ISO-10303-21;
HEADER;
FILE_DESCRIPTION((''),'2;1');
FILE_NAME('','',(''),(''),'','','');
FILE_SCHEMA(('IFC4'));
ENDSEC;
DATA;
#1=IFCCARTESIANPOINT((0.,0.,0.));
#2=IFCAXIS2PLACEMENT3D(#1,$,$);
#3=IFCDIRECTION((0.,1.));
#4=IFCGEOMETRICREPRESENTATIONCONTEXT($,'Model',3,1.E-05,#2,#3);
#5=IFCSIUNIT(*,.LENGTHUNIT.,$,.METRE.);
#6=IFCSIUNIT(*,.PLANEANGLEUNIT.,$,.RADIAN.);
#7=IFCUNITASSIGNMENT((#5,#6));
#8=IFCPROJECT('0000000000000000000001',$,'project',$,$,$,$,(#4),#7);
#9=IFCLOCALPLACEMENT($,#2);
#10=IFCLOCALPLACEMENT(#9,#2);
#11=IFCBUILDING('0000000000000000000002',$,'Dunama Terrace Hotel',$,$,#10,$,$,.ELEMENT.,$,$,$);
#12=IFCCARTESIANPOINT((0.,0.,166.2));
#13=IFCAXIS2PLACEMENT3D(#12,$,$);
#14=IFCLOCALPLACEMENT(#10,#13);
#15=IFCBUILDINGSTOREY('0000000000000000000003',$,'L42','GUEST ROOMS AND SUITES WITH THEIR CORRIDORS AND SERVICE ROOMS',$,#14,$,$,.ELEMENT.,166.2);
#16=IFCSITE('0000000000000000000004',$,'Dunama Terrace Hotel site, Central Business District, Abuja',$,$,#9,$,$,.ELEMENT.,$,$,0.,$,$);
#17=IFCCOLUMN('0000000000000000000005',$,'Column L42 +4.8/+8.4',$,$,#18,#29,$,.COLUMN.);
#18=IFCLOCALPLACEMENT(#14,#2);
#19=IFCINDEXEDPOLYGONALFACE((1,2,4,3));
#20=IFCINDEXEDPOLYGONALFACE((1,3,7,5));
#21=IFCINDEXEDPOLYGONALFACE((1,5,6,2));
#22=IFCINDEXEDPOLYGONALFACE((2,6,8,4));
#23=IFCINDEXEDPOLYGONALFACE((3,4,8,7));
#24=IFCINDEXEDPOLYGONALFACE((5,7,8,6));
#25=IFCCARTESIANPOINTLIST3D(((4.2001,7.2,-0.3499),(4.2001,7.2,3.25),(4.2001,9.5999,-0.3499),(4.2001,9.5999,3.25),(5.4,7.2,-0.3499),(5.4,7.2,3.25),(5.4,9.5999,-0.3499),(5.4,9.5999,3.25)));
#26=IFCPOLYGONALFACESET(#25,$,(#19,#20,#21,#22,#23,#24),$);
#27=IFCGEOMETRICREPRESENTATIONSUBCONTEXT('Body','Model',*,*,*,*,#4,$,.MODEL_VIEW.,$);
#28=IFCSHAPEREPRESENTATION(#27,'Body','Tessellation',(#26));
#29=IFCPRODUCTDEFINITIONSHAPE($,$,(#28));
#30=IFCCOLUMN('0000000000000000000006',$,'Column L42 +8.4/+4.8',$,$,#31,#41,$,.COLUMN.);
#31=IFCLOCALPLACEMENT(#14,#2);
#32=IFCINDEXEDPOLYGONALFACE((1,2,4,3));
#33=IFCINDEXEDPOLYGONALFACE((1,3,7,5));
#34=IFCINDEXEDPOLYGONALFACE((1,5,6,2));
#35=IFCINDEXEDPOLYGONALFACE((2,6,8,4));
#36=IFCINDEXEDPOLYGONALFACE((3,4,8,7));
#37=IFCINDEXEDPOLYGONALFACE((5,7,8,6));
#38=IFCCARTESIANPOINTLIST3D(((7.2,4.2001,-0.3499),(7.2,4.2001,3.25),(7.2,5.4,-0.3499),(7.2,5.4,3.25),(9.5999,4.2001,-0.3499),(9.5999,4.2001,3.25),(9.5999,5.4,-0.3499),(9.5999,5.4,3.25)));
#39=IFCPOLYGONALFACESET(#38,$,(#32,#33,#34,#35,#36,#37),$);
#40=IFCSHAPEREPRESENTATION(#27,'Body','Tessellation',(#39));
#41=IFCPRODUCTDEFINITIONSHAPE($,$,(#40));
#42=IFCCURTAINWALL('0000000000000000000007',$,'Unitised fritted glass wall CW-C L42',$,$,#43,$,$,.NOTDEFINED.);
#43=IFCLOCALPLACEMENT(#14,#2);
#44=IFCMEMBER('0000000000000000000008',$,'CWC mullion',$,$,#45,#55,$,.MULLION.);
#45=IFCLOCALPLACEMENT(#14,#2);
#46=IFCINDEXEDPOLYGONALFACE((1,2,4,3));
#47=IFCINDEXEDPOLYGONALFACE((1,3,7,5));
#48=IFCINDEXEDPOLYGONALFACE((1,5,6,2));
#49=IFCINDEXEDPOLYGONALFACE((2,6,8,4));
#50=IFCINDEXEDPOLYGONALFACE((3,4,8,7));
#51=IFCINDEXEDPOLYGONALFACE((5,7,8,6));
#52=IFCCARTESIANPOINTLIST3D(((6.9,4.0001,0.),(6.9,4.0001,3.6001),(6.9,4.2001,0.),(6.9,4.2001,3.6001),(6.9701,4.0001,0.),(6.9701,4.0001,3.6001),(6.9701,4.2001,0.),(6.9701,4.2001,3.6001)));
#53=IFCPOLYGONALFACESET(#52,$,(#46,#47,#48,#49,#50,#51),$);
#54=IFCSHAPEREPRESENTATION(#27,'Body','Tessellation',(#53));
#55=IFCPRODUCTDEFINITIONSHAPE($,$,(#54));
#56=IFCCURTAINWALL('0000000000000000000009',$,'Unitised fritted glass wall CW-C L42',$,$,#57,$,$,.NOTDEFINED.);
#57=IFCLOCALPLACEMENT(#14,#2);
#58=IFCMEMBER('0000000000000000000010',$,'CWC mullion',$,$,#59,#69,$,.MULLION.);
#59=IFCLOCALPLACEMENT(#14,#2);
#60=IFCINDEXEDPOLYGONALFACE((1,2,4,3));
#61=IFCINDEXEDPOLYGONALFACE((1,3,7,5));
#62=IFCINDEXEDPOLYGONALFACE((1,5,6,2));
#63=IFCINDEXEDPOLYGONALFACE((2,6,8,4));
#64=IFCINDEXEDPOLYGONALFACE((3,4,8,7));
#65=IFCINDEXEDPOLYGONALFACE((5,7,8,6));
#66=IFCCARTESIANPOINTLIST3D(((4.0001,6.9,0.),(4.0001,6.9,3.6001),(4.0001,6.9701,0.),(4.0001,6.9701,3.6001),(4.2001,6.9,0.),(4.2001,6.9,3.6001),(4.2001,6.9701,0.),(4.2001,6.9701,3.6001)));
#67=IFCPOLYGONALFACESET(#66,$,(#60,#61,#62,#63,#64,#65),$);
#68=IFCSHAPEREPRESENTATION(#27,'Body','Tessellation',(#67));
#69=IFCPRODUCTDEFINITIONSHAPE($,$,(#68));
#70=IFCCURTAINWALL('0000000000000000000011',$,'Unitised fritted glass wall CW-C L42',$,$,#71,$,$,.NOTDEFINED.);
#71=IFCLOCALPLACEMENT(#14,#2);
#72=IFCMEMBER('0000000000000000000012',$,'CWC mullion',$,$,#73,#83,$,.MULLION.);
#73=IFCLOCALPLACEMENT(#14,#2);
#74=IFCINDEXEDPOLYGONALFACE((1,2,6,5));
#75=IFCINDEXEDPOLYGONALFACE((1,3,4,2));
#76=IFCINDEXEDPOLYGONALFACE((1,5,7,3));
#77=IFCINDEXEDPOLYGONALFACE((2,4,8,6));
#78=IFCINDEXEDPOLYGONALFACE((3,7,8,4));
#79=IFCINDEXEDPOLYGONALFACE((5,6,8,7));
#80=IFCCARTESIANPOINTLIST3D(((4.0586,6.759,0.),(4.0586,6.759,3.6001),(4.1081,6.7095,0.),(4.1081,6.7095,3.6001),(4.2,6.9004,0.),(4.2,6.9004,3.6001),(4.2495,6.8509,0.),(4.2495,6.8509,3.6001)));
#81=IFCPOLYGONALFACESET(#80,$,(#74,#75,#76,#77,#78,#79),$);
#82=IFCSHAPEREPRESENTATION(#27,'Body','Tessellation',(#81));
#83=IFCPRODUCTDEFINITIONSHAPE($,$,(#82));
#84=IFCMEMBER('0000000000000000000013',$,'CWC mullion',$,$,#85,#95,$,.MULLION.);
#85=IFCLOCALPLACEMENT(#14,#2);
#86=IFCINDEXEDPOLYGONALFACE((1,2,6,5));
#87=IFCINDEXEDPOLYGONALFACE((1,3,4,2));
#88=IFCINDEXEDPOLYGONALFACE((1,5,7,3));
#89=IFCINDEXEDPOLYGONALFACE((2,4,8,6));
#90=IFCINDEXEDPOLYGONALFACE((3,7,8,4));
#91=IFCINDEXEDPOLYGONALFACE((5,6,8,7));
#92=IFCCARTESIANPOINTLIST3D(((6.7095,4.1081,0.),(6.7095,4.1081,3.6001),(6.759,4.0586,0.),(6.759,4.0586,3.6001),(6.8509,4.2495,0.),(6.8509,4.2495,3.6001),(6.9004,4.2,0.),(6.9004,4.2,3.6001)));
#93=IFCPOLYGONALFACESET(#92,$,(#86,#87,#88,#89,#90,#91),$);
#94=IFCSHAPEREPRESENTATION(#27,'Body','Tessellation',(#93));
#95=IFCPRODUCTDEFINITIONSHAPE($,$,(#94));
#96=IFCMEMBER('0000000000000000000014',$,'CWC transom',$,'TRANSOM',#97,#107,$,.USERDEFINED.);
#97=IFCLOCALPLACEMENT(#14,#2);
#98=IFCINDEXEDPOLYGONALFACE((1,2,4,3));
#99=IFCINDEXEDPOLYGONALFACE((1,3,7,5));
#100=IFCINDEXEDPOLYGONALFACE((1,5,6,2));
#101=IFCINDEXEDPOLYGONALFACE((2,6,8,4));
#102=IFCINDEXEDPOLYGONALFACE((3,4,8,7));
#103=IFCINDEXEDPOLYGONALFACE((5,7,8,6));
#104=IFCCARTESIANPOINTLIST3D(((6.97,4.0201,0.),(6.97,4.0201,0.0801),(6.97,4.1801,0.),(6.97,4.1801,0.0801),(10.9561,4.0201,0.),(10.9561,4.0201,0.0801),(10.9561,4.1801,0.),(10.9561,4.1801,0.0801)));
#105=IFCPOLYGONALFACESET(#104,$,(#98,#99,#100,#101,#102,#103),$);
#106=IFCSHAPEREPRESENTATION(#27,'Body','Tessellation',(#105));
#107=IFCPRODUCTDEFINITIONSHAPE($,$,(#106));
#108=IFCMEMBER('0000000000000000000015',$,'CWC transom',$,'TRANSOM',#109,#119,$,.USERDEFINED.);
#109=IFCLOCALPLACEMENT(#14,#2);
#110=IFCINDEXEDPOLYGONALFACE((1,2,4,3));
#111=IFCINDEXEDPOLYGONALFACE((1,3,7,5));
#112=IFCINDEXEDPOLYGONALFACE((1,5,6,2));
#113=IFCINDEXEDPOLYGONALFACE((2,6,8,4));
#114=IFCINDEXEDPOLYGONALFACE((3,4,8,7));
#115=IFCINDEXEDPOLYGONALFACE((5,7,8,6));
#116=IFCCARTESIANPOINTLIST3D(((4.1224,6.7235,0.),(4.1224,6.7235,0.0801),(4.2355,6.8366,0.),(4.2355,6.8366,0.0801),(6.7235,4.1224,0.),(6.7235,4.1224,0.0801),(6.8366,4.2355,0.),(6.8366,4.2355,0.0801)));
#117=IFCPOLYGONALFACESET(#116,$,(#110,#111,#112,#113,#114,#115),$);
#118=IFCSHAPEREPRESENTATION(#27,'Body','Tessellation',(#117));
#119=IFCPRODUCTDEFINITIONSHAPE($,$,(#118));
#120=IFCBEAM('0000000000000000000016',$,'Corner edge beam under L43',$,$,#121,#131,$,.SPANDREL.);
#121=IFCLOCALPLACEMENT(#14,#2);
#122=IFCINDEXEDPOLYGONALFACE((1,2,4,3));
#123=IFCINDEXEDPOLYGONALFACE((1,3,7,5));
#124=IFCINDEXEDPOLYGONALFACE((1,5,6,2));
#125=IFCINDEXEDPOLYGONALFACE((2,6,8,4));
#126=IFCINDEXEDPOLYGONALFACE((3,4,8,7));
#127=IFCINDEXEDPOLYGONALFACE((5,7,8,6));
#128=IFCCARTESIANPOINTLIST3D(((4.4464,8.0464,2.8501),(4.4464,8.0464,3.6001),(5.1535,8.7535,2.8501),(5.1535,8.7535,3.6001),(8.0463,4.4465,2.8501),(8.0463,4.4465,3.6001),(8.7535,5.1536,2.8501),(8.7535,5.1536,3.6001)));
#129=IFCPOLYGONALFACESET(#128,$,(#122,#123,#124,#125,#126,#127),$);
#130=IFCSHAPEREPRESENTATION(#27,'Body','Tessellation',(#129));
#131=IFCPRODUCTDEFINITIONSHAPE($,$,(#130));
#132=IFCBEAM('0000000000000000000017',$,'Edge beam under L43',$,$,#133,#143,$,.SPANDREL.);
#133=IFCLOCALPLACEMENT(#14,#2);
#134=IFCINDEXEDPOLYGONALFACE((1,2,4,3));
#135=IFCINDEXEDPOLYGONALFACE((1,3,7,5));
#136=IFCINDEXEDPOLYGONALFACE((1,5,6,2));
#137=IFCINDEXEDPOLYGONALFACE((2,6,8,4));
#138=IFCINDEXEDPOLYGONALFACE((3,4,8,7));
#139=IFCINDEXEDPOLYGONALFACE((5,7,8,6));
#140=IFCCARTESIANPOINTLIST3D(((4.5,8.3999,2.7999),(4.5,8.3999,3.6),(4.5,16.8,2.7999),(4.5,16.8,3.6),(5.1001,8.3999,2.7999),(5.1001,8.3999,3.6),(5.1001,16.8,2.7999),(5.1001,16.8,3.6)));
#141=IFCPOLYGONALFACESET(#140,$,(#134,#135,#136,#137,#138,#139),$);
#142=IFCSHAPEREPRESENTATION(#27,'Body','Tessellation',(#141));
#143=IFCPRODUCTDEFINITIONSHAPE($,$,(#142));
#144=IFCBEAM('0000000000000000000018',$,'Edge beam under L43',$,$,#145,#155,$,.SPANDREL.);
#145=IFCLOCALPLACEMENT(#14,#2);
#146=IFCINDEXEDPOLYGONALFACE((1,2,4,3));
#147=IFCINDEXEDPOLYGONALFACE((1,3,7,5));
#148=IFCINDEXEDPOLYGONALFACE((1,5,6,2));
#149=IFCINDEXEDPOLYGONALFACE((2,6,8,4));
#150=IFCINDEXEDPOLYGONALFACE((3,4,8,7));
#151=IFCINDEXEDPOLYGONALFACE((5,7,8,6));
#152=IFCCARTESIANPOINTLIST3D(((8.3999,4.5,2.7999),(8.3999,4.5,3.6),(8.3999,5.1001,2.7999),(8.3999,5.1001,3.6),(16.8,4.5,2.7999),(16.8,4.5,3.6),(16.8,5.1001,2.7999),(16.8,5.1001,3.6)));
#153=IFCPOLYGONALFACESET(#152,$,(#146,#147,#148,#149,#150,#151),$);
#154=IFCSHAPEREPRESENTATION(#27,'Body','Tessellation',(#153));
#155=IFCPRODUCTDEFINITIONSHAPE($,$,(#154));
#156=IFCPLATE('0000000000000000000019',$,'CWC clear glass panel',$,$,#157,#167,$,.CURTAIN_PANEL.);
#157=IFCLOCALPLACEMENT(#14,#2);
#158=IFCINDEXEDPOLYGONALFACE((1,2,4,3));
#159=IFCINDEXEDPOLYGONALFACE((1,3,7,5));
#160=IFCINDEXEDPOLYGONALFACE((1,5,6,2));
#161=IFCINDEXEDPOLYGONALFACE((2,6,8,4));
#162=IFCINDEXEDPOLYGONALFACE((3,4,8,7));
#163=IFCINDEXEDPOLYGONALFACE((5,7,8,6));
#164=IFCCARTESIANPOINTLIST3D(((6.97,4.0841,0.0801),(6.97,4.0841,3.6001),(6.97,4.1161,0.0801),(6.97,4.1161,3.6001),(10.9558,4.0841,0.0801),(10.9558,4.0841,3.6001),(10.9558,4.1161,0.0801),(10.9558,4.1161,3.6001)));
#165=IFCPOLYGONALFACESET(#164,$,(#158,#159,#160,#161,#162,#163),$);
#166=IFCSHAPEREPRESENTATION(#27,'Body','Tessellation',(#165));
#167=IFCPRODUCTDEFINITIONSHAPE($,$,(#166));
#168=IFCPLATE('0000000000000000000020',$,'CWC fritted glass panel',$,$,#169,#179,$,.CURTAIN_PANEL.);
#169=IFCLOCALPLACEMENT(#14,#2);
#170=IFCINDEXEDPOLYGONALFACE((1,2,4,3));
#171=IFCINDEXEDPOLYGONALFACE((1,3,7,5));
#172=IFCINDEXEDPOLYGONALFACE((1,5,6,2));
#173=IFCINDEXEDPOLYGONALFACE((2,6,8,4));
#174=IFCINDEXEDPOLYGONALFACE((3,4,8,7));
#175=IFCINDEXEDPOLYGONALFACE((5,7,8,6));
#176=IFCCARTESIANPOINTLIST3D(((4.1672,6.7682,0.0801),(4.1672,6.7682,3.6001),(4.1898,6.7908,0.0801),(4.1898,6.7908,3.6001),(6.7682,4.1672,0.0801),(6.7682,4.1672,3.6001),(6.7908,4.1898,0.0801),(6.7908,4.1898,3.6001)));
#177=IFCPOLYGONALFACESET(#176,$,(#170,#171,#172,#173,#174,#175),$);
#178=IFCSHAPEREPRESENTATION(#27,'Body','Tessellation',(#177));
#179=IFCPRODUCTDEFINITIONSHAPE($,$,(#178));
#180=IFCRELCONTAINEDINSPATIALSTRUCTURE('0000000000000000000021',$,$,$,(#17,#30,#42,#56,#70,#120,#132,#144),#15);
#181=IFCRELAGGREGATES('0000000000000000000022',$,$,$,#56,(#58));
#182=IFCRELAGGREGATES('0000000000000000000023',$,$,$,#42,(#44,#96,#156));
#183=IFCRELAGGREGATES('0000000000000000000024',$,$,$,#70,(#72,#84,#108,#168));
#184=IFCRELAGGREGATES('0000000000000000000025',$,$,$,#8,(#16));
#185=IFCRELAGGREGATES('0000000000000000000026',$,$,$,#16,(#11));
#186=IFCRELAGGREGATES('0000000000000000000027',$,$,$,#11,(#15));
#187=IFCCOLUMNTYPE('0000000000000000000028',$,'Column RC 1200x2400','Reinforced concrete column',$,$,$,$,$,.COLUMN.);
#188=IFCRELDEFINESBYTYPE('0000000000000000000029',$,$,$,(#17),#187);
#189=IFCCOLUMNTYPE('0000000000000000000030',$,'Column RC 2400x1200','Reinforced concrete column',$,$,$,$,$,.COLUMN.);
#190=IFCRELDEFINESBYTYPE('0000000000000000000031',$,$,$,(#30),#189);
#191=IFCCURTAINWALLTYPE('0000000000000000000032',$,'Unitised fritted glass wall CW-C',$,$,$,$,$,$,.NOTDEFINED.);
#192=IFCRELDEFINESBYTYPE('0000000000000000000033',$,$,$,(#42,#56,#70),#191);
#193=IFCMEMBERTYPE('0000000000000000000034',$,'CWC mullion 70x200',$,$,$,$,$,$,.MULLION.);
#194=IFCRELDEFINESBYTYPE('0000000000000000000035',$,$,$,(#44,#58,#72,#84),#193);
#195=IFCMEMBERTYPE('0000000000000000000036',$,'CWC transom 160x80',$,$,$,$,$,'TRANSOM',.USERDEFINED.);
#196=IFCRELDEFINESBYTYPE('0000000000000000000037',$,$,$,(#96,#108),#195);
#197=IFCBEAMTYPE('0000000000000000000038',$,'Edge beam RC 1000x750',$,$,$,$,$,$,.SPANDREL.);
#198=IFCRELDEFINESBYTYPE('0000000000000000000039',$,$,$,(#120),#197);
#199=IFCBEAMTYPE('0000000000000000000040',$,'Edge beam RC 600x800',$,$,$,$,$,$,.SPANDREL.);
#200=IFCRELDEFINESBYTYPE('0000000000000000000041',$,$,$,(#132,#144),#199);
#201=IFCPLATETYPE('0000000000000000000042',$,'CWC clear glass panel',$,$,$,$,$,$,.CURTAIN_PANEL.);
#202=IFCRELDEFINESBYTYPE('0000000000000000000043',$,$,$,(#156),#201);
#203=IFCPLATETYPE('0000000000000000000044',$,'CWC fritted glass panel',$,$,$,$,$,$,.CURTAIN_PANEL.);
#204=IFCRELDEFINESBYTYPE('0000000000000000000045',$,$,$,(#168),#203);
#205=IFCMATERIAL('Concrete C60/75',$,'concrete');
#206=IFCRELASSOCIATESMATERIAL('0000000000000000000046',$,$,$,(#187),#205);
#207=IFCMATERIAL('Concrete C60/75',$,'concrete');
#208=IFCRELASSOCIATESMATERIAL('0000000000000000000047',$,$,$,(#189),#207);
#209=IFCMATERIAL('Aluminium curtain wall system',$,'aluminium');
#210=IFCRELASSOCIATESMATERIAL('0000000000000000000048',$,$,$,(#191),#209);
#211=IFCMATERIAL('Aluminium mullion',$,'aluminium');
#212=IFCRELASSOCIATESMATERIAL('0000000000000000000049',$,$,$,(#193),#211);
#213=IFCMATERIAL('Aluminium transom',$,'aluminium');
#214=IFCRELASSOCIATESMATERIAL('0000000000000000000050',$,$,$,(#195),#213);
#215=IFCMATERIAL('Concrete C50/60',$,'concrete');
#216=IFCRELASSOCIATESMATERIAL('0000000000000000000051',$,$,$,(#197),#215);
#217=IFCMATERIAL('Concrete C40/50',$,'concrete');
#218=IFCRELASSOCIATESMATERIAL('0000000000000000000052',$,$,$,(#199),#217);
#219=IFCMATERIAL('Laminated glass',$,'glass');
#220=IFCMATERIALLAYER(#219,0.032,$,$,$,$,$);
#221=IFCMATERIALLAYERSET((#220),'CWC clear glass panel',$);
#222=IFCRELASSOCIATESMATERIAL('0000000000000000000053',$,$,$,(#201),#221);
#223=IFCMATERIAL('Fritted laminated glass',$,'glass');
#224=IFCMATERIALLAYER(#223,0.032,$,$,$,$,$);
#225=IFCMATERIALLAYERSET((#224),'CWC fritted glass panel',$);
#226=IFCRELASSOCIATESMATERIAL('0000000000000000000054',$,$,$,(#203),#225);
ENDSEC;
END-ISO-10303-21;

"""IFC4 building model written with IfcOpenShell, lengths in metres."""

from ifc_helpers import new_model, si_unit, direction, frame, origin, origin_2d, place, context, subcontext, project, spatial, rectangle, extrude, material, layer, layer_set, material_profile, profile_set, type_object, element, aggregate, save


model = new_model("IFC4")

# Units and contexts
model_context = context("Model", 3, precision=1e-05, world=origin(), true_north=direction((0.0, 1.0)))
body_context = subcontext(model_context, "Body", "Model", "MODEL_VIEW")
ifc_project = project(units=[si_unit("LENGTHUNIT", "METRE"), si_unit("PLANEANGLEUNIT", "RADIAN")], contexts=[model_context])

# Site, building, storey
site_placement = place(None, origin())
site = spatial("IfcSite", under=ifc_project, at=site_placement, Name="Dunama Terrace Hotel site, Central Business District, Abuja", CompositionType="ELEMENT", RefElevation=0.0)
building_placement = place(site_placement, origin())
building = spatial("IfcBuilding", under=site, at=building_placement, Name="Dunama Terrace Hotel", CompositionType="ELEMENT")
storey_placement = place(building_placement, frame((0.0, 0.0, 166.2)))
storey = spatial("IfcBuildingStorey", under=building, at=storey_placement, Name="L42", Description="GUEST ROOMS AND SUITES WITH THEIR CORRIDORS AND SERVICE ROOMS", CompositionType="ELEMENT", Elevation=166.2)

# Columns
ifc_material_1 = material(Name="Concrete C60/75", Category="concrete")
ifc_material_profile_1 = material_profile(ifc_material_1, rectangle(XDim=1.2, YDim=2.3999, at=origin_2d()), Name="RC 1200x2400")
ifc_profile_set_1 = profile_set([ifc_material_profile_1], Name="Concrete C60/75")
column_type_1 = type_object("IfcColumnType", Name="Column RC 1200x2400", Description="Reinforced concrete column", PredefinedType="COLUMN", material=ifc_profile_set_1)
column_1_placement = place(storey_placement, frame((4.8, 8.3999, -0.3499), z_axis=(0.0, 0.0, 1.0), x_axis=(1.0, 0.0, 0.0)))
element("IfcColumn", 1, at=column_1_placement, inside=storey, type_object=column_type_1, Name="Column L42 +4.8/+8.4", PredefinedType="COLUMN", context=body_context, shape_type="SweptSolid", body=[
    extrude(rectangle(XDim=1.2, YDim=2.3999, at=origin_2d()), origin(), (0.0, 0.0, 1.0), 3.5999),
])
ifc_material_2 = material(Name="Concrete C60/75", Category="concrete")
ifc_material_profile_2 = material_profile(ifc_material_2, rectangle(XDim=2.3999, YDim=1.2, at=origin_2d()), Name="RC 2400x1200")
ifc_profile_set_2 = profile_set([ifc_material_profile_2], Name="Concrete C60/75")
column_type_2 = type_object("IfcColumnType", Name="Column RC 2400x1200", Description="Reinforced concrete column", PredefinedType="COLUMN", material=ifc_profile_set_2)
column_2_placement = place(storey_placement, frame((8.3999, 4.8, -0.3499), z_axis=(0.0, 0.0, 1.0), x_axis=(1.0, 0.0, 0.0)))
element("IfcColumn", 2, at=column_2_placement, inside=storey, type_object=column_type_2, Name="Column L42 +8.4/+4.8", PredefinedType="COLUMN", context=body_context, shape_type="SweptSolid", body=[
    extrude(rectangle(XDim=2.3999, YDim=1.2, at=origin_2d()), origin(), (0.0, 0.0, 1.0), 3.5999),
])

# Curtain walls, members
ifc_material_3 = material(Name="Aluminium curtain wall system", Category="aluminium")
curtain_wall_type = type_object("IfcCurtainWallType", Name="Unitised fritted glass wall CW-C", PredefinedType="NOTDEFINED", material=ifc_material_3)
curtain_wall_1_placement = place(storey_placement, origin())
curtain_wall_1 = element("IfcCurtainWall", 3, at=curtain_wall_1_placement, inside=storey, type_object=curtain_wall_type, Name="Unitised fritted glass wall CW-C L42", PredefinedType="NOTDEFINED")
ifc_material_4 = material(Name="Aluminium mullion", Category="aluminium")
ifc_material_profile_3 = material_profile(ifc_material_4, rectangle(XDim=0.0701, YDim=0.2, at=origin_2d()), Name="CWC MULLION 70X200")
ifc_profile_set_3 = profile_set([ifc_material_profile_3], Name="Aluminium mullion")
member_type_1 = type_object("IfcMemberType", Name="CWC mullion 70x200", PredefinedType="MULLION", material=ifc_profile_set_3)
member_1_placement = place(storey_placement, frame((6.9351, 4.1001, 0.0), z_axis=(0.0, 0.0, 1.0), x_axis=(1.0, 0.0, 0.0)))
member_1 = element("IfcMember", 4, at=member_1_placement, type_object=member_type_1, Name="CWC mullion", PredefinedType="MULLION", context=body_context, shape_type="SweptSolid", body=[
    extrude(rectangle(XDim=0.0701, YDim=0.2, at=origin_2d()), origin(), (0.0, 0.0, 1.0), 3.6001),
])
curtain_wall_2_placement = place(storey_placement, origin())
curtain_wall_2 = element("IfcCurtainWall", 5, at=curtain_wall_2_placement, inside=storey, type_object=curtain_wall_type, Name="Unitised fritted glass wall CW-C L42", PredefinedType="NOTDEFINED")
member_2_placement = place(storey_placement, frame((4.1001, 6.9351, 0.0), z_axis=(0.0, 0.0, 1.0), x_axis=(0.0, -1.0, 0.0)))
member_2 = element("IfcMember", 6, at=member_2_placement, type_object=member_type_1, Name="CWC mullion", PredefinedType="MULLION", context=body_context, shape_type="SweptSolid", body=[
    extrude(rectangle(XDim=0.0701, YDim=0.2, at=origin_2d()), origin(), (0.0, 0.0, 1.0), 3.6001),
])
aggregate(curtain_wall_2, [member_2])

# Curtain wall, members
curtain_wall_3_placement = place(storey_placement, origin())
curtain_wall_3 = element("IfcCurtainWall", 7, at=curtain_wall_3_placement, inside=storey, type_object=curtain_wall_type, Name="Unitised fritted glass wall CW-C L42", PredefinedType="NOTDEFINED")
member_3_placement = place(storey_placement, frame((4.1541, 6.8049, 0.0), z_axis=(0.0, 0.0, 1.0), x_axis=(0.707107, -0.707107, 0.0)))
member_3 = element("IfcMember", 8, at=member_3_placement, type_object=member_type_1, Name="CWC mullion", PredefinedType="MULLION", context=body_context, shape_type="SweptSolid", body=[
    extrude(rectangle(XDim=0.0701, YDim=0.2, at=origin_2d()), origin(), (0.0, 0.0, 1.0), 3.6001),
])
member_4_placement = place(storey_placement, frame((6.8049, 4.1541, 0.0), z_axis=(0.0, 0.0, 1.0), x_axis=(0.707107, -0.707107, 0.0)))
member_4 = element("IfcMember", 9, at=member_4_placement, type_object=member_type_1, Name="CWC mullion", PredefinedType="MULLION", context=body_context, shape_type="SweptSolid", body=[
    extrude(rectangle(XDim=0.0701, YDim=0.2, at=origin_2d()), origin(), (0.0, 0.0, 1.0), 3.6001),
])

# Members
ifc_material_5 = material(Name="Aluminium transom", Category="aluminium")
ifc_material_profile_4 = material_profile(ifc_material_5, rectangle(XDim=0.1599, YDim=0.0801, at=origin_2d()), Name="CWC TRANSOM 160X80")
ifc_profile_set_4 = profile_set([ifc_material_profile_4], Name="Aluminium transom")
member_type_2 = type_object("IfcMemberType", Name="CWC transom 160x80", ElementType="TRANSOM", PredefinedType="USERDEFINED", material=ifc_profile_set_4)
member_5_placement = place(storey_placement, frame((6.97, 4.1001, 0.04), z_axis=(1.0, 0.0, 0.0), x_axis=(0.0, 1.0, 0.0)))
member_5 = element("IfcMember", 10, at=member_5_placement, type_object=member_type_2, Name="CWC transom", ObjectType="TRANSOM", PredefinedType="USERDEFINED", context=body_context, shape_type="SweptSolid", body=[
    extrude(rectangle(XDim=0.1599, YDim=0.0801, at=origin_2d()), origin(), (0.0, 0.0, 1.0), 3.9861),
])
member_6_placement = place(storey_placement, frame((4.179, 6.78, 0.04), z_axis=(0.707107, -0.707107, 0.0), x_axis=(0.707107, 0.707107, 0.0)))
member_6 = element("IfcMember", 11, at=member_6_placement, type_object=member_type_2, Name="CWC transom", ObjectType="TRANSOM", PredefinedType="USERDEFINED", context=body_context, shape_type="SweptSolid", body=[
    extrude(rectangle(XDim=0.1599, YDim=0.0801, at=origin_2d()), origin(), (0.0, 0.0, 1.0), 3.6785),
])

# Beams
ifc_material_6 = material(Name="Concrete C50/60", Category="concrete")
ifc_material_profile_5 = material_profile(ifc_material_6, rectangle(XDim=1.0, YDim=0.75, at=origin_2d()), Name="RC 1000x750")
ifc_profile_set_5 = profile_set([ifc_material_profile_5], Name="Concrete C50/60")
beam_type_1 = type_object("IfcBeamType", Name="Edge beam RC 1000x750", PredefinedType="SPANDREL", material=ifc_profile_set_5)
beam_placement = place(storey_placement, frame((8.3999, 4.8, 3.2251), z_axis=(-0.707107, 0.707107, 0.0), x_axis=(-0.707107, -0.707107, 0.0)))
element("IfcBeam", 12, at=beam_placement, inside=storey, type_object=beam_type_1, Name="Corner edge beam under L43", PredefinedType="SPANDREL", context=body_context, shape_type="SweptSolid", body=[
    extrude(rectangle(XDim=1.0, YDim=0.75, at=origin_2d()), origin(), (0.0, 0.0, 1.0), 5.0911),
])
ifc_material_7 = material(Name="Concrete C40/50", Category="concrete")
ifc_material_profile_6 = material_profile(ifc_material_7, rectangle(XDim=0.6001, YDim=0.8, at=origin_2d()), Name="RC 600x800")
ifc_profile_set_6 = profile_set([ifc_material_profile_6], Name="Concrete C40/50")
beam_type_2 = type_object("IfcBeamType", Name="Edge beam RC 600x800", PredefinedType="SPANDREL", material=ifc_profile_set_6)
for number, where, z_axis, x_axis, name in (
    (13, (4.8, 8.3999, 3.2), (0.0, 1.0, 0.0), (-1.0, 0.0, 0.0), "Edge beam under L43"),
    (14, (8.3999, 4.8, 3.2), (1.0, 0.0, 0.0), (0.0, 1.0, 0.0), "Edge beam under L43"),
):
    element("IfcBeam", number, at=place(storey_placement, frame(where, z_axis=z_axis, x_axis=x_axis)), inside=storey, type_object=beam_type_2, Name=name, PredefinedType="SPANDREL", context=body_context, shape_type="SweptSolid", body=[
        extrude(rectangle(XDim=0.6001, YDim=0.8, at=origin_2d()), origin(), (0.0, 0.0, 1.0), 8.4001),
    ])

# Plates
ifc_material_8 = material(Name="Laminated glass", Category="glass")
ifc_layer_1 = layer(ifc_material_8, 0.032)
ifc_layer_set_1 = layer_set([ifc_layer_1], Name="CWC clear glass panel")
plate_type_1 = type_object("IfcPlateType", Name="CWC clear glass panel", PredefinedType="CURTAIN_PANEL", material=ifc_layer_set_1)
plate_1_placement = place(storey_placement, frame((8.9629, 4.1001, 0.0801), z_axis=(0.0, 0.0, 1.0), x_axis=(1.0, 0.0, 0.0)))
plate_1 = element("IfcPlate", 15, at=plate_1_placement, type_object=plate_type_1, Name="CWC clear glass panel", PredefinedType="CURTAIN_PANEL", context=body_context, shape_type="SweptSolid", body=[
    extrude(rectangle(XDim=3.9858, YDim=0.032, at=origin_2d()), origin(), (0.0, 0.0, 1.0), 3.52),
])
aggregate(curtain_wall_1, [member_1, member_5, plate_1])
ifc_material_9 = material(Name="Fritted laminated glass", Category="glass")
ifc_layer_2 = layer(ifc_material_9, 0.032)
ifc_layer_set_2 = layer_set([ifc_layer_2], Name="CWC fritted glass panel")
plate_type_2 = type_object("IfcPlateType", Name="CWC fritted glass panel", PredefinedType="CURTAIN_PANEL", material=ifc_layer_set_2)
plate_2_placement = place(storey_placement, frame((5.479, 5.479, 0.0801), z_axis=(0.0, 0.0, 1.0), x_axis=(0.707107, -0.707107, 0.0)))
plate_2 = element("IfcPlate", 16, at=plate_2_placement, type_object=plate_type_2, Name="CWC fritted glass panel", PredefinedType="CURTAIN_PANEL", context=body_context, shape_type="SweptSolid", body=[
    extrude(rectangle(XDim=3.6785, YDim=0.032, at=origin_2d()), origin(), (0.0, 0.0, 1.0), 3.52),
])
aggregate(curtain_wall_3, [member_3, member_4, member_6, plate_2])

save(model, "model.ifc")
